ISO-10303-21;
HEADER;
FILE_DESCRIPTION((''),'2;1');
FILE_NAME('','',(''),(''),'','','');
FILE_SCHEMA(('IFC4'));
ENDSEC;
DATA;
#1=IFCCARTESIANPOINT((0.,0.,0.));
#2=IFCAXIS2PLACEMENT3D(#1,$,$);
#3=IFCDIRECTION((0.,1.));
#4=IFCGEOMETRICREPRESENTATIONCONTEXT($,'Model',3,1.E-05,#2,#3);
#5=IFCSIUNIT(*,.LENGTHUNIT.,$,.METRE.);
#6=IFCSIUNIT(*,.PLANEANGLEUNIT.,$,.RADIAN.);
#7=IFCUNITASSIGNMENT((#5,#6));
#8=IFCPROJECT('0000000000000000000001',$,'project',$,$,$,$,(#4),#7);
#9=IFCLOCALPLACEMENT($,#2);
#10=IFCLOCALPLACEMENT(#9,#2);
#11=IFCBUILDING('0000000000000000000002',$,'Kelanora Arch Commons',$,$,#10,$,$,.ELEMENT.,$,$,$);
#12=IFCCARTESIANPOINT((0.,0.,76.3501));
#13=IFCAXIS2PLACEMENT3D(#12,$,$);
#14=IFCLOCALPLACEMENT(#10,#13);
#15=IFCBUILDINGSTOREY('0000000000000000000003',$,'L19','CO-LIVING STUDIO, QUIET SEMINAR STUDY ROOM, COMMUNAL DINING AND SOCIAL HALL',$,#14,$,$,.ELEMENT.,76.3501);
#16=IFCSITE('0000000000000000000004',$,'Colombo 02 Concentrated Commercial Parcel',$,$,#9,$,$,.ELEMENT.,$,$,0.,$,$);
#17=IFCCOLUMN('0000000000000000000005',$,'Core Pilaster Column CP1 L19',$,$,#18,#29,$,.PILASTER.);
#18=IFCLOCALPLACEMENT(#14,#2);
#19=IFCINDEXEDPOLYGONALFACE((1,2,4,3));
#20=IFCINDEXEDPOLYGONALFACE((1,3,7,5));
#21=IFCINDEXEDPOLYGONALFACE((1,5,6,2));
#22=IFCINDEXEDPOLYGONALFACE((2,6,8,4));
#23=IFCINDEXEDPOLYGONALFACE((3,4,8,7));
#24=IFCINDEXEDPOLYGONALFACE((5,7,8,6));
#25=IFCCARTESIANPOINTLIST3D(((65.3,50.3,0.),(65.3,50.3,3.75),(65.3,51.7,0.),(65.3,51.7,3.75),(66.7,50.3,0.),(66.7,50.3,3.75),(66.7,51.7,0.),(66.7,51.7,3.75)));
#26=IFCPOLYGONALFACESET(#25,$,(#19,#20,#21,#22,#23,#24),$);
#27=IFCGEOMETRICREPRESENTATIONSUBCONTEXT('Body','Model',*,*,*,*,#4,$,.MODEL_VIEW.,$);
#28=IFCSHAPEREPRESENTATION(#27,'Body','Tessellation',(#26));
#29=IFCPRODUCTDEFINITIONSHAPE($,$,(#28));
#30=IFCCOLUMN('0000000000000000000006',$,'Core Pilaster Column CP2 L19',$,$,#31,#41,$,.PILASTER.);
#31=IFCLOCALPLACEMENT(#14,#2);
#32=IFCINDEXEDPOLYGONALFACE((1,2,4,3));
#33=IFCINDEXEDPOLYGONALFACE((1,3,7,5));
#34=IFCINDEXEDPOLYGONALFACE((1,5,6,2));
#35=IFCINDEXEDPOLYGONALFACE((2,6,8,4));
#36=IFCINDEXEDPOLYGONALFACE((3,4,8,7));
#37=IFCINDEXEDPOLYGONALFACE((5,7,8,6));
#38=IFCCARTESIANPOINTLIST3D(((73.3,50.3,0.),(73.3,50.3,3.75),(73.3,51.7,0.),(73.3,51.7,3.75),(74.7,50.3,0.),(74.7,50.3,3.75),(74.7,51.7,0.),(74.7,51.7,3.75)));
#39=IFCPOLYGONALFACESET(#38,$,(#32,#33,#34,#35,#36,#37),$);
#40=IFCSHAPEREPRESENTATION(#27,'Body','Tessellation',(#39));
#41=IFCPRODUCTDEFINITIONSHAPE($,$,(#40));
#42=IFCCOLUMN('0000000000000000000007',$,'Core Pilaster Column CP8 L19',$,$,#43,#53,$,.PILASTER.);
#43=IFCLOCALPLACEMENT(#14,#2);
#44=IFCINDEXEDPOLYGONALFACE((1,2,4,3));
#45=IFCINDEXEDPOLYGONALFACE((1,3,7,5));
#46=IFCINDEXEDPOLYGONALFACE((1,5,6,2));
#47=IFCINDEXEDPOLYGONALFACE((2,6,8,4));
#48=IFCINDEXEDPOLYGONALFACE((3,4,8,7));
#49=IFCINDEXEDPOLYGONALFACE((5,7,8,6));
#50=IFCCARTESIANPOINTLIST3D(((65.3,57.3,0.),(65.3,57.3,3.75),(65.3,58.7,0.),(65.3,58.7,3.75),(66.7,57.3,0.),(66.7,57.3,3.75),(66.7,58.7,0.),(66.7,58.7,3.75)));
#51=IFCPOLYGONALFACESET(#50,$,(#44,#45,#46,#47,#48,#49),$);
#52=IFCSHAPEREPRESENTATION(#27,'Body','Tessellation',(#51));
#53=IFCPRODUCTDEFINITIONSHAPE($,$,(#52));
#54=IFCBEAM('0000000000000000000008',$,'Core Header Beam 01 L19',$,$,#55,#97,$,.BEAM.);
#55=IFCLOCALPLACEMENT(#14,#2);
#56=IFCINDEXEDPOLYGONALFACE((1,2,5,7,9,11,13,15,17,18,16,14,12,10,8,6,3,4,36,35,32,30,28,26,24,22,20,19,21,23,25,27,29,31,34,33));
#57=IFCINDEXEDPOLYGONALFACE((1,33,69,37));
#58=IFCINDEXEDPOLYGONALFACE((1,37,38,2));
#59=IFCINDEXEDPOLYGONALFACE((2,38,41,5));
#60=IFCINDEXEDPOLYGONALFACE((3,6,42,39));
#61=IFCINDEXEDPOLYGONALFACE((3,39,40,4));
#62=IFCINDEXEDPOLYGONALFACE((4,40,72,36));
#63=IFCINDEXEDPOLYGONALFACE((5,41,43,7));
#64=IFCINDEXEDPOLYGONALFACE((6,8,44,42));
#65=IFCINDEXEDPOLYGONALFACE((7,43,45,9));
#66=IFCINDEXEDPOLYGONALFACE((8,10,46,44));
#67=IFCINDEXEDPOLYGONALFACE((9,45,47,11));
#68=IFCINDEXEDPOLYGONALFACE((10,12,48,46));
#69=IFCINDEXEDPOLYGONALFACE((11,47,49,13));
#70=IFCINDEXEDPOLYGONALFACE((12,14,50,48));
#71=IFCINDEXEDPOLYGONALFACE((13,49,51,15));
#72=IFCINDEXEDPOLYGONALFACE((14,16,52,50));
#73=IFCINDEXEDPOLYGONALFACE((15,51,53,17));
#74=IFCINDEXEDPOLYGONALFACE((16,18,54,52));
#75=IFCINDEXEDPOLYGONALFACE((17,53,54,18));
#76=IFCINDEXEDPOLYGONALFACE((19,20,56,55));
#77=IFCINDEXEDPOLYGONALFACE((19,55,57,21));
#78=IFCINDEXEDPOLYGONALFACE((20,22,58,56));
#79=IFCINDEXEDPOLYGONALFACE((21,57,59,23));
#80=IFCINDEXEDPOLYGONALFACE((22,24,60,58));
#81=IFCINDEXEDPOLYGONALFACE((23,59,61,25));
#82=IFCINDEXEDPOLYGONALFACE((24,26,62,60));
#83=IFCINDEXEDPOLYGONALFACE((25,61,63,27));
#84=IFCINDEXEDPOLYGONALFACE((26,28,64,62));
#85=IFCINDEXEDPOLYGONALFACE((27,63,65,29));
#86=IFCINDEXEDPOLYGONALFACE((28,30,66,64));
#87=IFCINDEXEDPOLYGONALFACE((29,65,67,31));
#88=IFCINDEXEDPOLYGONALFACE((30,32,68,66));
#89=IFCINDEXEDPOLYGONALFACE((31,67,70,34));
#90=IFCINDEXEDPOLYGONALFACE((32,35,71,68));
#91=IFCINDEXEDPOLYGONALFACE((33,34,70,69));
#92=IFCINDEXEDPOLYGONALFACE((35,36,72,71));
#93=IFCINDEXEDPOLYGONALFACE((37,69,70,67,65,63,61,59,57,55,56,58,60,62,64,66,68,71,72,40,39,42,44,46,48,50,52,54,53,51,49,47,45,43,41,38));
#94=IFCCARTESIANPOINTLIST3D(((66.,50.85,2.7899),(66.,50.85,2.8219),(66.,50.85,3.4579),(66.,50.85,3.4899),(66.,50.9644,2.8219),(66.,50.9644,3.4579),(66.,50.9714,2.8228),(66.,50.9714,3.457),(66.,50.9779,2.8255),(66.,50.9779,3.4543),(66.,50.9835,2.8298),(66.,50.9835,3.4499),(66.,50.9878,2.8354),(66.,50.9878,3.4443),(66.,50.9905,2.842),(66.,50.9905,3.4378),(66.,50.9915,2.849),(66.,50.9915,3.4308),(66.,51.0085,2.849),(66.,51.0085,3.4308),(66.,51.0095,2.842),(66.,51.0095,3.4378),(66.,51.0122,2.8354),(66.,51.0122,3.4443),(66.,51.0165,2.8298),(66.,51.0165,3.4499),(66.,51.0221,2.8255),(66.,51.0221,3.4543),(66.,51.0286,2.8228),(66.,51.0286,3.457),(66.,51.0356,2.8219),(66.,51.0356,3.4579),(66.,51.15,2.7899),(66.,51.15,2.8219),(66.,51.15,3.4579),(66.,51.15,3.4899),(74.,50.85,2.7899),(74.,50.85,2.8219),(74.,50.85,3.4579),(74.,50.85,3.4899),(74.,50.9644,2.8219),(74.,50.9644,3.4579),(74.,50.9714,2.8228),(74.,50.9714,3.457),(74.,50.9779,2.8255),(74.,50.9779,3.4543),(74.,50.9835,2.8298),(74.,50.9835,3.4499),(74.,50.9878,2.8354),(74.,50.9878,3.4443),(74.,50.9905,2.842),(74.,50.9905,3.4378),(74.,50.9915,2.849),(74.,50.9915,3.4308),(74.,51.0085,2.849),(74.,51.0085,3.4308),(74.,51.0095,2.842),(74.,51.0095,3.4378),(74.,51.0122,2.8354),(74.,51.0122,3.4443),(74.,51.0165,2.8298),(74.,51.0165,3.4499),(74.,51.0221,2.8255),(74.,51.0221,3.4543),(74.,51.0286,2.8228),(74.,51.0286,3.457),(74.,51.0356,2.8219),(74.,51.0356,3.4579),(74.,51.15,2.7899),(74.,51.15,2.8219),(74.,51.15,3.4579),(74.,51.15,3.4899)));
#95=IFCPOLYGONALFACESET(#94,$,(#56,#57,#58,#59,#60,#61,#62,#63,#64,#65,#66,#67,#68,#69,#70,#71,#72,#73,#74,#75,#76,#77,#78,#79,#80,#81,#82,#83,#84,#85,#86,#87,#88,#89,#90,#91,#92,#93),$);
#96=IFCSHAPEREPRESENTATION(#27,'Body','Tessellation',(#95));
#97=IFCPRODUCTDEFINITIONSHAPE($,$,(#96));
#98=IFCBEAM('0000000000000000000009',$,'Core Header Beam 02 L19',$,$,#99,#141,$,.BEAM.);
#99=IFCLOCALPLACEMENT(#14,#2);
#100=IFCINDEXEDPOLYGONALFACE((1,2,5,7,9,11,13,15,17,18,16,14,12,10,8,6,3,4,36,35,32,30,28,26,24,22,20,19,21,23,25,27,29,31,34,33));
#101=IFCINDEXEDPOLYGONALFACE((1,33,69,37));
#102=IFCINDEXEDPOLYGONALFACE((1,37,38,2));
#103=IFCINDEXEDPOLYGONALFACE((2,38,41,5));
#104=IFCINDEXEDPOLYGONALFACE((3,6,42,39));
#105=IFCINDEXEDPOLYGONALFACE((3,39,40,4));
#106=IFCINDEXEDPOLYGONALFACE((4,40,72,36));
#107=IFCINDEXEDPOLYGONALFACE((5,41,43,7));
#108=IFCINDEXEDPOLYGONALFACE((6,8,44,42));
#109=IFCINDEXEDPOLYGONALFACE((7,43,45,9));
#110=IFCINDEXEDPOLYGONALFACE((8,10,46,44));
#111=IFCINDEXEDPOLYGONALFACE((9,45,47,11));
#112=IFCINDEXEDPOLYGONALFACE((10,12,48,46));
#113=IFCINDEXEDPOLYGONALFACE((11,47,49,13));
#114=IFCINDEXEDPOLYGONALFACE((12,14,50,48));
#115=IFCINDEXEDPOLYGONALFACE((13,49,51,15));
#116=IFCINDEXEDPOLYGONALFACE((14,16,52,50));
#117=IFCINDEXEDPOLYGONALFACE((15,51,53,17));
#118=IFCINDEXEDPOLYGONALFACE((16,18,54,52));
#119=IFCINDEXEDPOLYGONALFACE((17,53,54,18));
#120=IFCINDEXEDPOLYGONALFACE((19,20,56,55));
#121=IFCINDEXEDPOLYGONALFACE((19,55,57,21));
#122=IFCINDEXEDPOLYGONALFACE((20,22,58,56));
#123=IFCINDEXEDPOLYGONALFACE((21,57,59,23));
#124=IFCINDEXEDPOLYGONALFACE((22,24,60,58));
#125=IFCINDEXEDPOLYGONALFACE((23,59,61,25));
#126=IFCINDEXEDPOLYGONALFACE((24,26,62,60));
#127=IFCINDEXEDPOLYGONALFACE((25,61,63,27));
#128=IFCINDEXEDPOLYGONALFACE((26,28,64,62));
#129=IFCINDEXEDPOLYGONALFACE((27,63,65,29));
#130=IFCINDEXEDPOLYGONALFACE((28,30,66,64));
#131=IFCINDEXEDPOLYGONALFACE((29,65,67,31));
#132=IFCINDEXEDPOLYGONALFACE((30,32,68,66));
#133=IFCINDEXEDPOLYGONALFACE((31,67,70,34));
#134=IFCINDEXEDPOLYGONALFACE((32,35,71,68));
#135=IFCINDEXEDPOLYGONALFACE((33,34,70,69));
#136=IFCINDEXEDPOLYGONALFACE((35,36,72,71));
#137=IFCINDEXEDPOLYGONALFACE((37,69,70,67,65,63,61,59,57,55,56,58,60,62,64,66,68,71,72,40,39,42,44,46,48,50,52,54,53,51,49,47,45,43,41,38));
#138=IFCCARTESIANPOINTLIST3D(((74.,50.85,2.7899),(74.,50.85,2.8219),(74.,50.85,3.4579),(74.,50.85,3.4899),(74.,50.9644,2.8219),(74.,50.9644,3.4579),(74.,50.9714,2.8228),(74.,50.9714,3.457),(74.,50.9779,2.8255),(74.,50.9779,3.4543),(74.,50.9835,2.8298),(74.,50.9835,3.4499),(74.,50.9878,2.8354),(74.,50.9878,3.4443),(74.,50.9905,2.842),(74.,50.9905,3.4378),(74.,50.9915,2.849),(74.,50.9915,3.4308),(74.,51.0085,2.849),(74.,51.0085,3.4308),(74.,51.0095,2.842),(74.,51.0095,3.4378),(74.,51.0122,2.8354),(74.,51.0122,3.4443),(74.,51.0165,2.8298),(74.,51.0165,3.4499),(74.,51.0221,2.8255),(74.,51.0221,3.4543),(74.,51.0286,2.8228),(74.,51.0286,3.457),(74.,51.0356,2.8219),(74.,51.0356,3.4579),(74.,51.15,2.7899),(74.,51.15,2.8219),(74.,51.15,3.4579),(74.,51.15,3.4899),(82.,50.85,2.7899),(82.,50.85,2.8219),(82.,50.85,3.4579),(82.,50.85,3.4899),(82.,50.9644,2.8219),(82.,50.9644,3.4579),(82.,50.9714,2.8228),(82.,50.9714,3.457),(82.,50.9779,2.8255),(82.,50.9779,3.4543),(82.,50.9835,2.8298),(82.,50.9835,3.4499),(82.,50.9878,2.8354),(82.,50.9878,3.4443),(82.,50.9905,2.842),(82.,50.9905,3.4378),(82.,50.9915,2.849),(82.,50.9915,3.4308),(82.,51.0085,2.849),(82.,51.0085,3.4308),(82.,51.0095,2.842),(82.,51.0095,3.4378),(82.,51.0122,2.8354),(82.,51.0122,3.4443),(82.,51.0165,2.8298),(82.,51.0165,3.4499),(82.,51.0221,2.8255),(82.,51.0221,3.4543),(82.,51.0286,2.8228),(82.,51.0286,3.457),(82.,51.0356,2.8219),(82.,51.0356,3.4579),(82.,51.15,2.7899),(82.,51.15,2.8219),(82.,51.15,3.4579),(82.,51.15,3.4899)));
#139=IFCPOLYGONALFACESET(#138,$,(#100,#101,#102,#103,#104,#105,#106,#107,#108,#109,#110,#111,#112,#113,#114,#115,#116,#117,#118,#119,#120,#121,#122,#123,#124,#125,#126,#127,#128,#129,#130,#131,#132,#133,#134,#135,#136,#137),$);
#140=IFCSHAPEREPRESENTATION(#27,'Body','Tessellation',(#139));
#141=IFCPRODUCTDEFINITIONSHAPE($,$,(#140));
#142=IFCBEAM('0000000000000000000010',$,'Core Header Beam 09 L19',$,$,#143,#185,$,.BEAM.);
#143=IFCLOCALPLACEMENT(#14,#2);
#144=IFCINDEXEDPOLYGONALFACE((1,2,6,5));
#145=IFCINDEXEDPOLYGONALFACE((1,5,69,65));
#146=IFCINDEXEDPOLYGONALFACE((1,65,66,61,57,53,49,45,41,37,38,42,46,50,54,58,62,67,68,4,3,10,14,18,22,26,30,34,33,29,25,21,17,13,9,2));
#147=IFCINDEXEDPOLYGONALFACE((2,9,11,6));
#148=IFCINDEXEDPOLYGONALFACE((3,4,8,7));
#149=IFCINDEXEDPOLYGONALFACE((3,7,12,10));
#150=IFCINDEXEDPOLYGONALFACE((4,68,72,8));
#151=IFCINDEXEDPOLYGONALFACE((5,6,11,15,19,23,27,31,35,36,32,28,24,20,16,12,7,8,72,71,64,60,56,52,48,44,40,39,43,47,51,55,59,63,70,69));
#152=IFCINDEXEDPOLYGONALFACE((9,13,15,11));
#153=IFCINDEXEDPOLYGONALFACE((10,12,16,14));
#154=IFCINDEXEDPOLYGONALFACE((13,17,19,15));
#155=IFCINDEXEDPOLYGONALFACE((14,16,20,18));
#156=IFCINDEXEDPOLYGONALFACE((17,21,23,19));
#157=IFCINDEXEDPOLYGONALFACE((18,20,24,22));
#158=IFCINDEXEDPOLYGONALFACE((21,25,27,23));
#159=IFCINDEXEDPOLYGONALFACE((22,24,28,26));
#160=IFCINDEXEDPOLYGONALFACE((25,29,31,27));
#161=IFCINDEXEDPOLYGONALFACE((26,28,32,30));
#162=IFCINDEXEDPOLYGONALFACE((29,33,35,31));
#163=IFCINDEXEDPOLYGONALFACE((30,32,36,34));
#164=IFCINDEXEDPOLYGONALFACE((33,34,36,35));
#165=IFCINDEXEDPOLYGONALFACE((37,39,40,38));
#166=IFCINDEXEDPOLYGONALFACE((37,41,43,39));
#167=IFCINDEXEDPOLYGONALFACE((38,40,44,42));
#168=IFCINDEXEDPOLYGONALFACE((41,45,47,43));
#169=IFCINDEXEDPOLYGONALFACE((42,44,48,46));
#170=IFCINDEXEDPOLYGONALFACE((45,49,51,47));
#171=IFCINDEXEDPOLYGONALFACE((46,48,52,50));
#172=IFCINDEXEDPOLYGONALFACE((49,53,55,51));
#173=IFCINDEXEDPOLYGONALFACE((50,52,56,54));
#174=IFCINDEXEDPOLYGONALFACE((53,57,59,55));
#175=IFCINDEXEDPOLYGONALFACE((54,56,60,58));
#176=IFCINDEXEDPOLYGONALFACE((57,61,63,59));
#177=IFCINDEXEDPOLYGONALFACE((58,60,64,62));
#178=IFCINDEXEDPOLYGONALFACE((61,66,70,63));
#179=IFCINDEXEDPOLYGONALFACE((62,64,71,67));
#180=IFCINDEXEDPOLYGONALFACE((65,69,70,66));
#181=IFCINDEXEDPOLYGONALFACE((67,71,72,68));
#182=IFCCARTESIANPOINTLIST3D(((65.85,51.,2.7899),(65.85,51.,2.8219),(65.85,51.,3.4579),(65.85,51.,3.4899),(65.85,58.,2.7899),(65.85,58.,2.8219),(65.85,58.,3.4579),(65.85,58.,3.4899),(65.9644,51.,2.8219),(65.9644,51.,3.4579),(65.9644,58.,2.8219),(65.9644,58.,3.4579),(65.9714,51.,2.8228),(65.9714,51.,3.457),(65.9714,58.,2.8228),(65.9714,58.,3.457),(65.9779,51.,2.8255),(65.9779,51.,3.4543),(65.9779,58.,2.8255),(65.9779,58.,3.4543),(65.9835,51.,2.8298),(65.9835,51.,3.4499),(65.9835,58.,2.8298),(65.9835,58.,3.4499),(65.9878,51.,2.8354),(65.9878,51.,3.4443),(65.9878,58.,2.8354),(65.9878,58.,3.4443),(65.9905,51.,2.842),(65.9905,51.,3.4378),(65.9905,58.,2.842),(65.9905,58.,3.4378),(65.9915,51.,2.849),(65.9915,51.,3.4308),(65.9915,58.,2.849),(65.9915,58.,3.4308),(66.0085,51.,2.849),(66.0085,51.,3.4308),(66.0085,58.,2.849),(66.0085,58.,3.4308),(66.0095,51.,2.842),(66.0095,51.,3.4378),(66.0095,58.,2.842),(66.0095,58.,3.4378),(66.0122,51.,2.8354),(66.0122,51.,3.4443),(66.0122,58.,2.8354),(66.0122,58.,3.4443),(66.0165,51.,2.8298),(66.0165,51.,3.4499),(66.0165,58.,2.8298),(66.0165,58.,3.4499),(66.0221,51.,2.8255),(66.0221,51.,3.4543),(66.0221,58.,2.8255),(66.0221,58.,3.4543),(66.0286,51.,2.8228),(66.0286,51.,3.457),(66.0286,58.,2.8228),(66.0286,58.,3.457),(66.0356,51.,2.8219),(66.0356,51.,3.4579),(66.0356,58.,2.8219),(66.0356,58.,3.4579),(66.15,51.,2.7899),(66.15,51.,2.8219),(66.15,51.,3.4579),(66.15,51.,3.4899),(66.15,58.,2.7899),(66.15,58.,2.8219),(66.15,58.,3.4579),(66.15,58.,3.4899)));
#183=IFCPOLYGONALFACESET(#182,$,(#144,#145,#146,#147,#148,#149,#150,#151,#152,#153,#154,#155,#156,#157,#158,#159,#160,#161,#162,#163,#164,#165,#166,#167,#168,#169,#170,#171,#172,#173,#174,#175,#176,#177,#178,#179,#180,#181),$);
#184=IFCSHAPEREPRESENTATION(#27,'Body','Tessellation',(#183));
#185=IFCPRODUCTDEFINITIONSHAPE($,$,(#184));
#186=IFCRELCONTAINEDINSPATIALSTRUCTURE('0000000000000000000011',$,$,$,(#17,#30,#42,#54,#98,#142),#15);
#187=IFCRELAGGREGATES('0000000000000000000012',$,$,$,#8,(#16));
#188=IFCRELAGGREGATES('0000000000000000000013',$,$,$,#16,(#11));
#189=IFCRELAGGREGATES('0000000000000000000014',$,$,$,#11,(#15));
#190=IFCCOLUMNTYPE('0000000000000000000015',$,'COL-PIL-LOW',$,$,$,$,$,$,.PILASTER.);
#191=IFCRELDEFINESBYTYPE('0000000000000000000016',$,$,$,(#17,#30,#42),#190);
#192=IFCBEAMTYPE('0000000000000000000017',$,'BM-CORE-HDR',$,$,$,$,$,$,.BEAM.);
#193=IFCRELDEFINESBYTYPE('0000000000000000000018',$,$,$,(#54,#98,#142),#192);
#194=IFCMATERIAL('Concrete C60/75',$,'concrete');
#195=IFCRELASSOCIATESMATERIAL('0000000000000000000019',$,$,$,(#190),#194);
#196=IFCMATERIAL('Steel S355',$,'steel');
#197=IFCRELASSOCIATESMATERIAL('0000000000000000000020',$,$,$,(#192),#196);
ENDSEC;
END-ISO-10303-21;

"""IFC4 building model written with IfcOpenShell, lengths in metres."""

from ifc_helpers import new_model, si_unit, direction, frame, origin, origin_2d, place, context, subcontext, project, spatial, rectangle, i_section, extrude, material, material_profile, profile_set, type_object, element, save


model = new_model("IFC4")

# Units and contexts
model_context = context("Model", 3, precision=1e-05, world=origin(), true_north=direction((0.0, 1.0)))
body_context = subcontext(model_context, "Body", "Model", "MODEL_VIEW")
ifc_project = project(units=[si_unit("LENGTHUNIT", "METRE"), si_unit("PLANEANGLEUNIT", "RADIAN")], contexts=[model_context])

# Site, building, storey
site_placement = place(None, origin())
site = spatial("IfcSite", under=ifc_project, at=site_placement, Name="Colombo 02 Concentrated Commercial Parcel", CompositionType="ELEMENT", RefElevation=0.0)
building_placement = place(site_placement, origin())
building = spatial("IfcBuilding", under=site, at=building_placement, Name="Kelanora Arch Commons", CompositionType="ELEMENT")
storey_placement = place(building_placement, frame((0.0, 0.0, 76.3501)))
storey = spatial("IfcBuildingStorey", under=building, at=storey_placement, Name="L19", Description="CO-LIVING STUDIO, QUIET SEMINAR STUDY ROOM, COMMUNAL DINING AND SOCIAL HALL", CompositionType="ELEMENT", Elevation=76.3501)

# Columns
ifc_material_1 = material(Name="Concrete C60/75", Category="concrete")
ifc_material_profile_1 = material_profile(ifc_material_1, rectangle(XDim=1.3999, YDim=1.3999, at=origin_2d()), Name="RC1400x1400")
ifc_profile_set_1 = profile_set([ifc_material_profile_1], Name="Concrete C60/75")
column_type = type_object("IfcColumnType", Name="COL-PIL-LOW", PredefinedType="PILASTER", material=ifc_profile_set_1)
for number, where, z_axis, x_axis, name in (
    (1, (66.0, 51.0, 0.0), (0.0, 0.0, 1.0), (1.0, 0.0, 0.0), "Core Pilaster Column CP1 L19"),
    (2, (74.0, 51.0, 0.0), (0.0, 0.0, 1.0), (1.0, 0.0, 0.0), "Core Pilaster Column CP2 L19"),
    (3, (66.0, 58.0, 0.0), (0.0, 0.0, 1.0), (1.0, 0.0, 0.0), "Core Pilaster Column CP8 L19"),
):
    element("IfcColumn", number, at=place(storey_placement, frame(where, z_axis=z_axis, x_axis=x_axis)), inside=storey, type_object=column_type, Name=name, PredefinedType="PILASTER", context=body_context, shape_type="SweptSolid", body=[
        extrude(rectangle(XDim=1.3999, YDim=1.3999, at=origin_2d()), origin(), (0.0, 0.0, 1.0), 3.75),
    ])

# Beams
ifc_material_2 = material(Name="Steel S355", Category="steel")
ifc_material_profile_2 = material_profile(ifc_material_2, i_section(OverallWidth=0.3, OverallDepth=0.7, WebThickness=0.0171, FlangeThickness=0.032, FilletRadius=0.0271, at=origin_2d()), Name="HEB700")
ifc_profile_set_2 = profile_set([ifc_material_profile_2], Name="Steel S355")
beam_type_1 = type_object("IfcBeamType", Name="BM-CORE-HDR", PredefinedType="BEAM", material=ifc_profile_set_2)
for number, where, z_axis, x_axis, name in (
    (4, (66.0, 51.0, 3.1399), (1.0, 0.0, 0.0), (0.0, 1.0, 0.0), "Core Header Beam 01 L19"),
    (5, (74.0, 51.0, 3.1399), (1.0, 0.0, 0.0), (0.0, 1.0, 0.0), "Core Header Beam 02 L19"),
):
    element("IfcBeam", number, at=place(storey_placement, frame(where, z_axis=z_axis, x_axis=x_axis)), inside=storey, type_object=beam_type_1, Name=name, PredefinedType="BEAM", context=body_context, shape_type="SweptSolid", body=[
        extrude(i_section(OverallWidth=0.3, OverallDepth=0.7, WebThickness=0.0171, FlangeThickness=0.032, FilletRadius=0.0271, at=origin_2d()), origin(), (0.0, 0.0, 1.0), 8.0),
    ])
beam_1_placement = place(storey_placement, frame((66.0, 58.0, 3.1399), z_axis=(0.0, -1.0, 0.0), x_axis=(1.0, 0.0, 0.0)))
element("IfcBeam", 6, at=beam_1_placement, inside=storey, type_object=beam_type_1, Name="Core Header Beam 09 L19", PredefinedType="BEAM", context=body_context, shape_type="SweptSolid", body=[
    extrude(i_section(OverallWidth=0.3, OverallDepth=0.7, WebThickness=0.0171, FlangeThickness=0.032, FilletRadius=0.0271, at=origin_2d()), origin(), (0.0, 0.0, 1.0), 7.0),
])

save(model, "model.ifc")
